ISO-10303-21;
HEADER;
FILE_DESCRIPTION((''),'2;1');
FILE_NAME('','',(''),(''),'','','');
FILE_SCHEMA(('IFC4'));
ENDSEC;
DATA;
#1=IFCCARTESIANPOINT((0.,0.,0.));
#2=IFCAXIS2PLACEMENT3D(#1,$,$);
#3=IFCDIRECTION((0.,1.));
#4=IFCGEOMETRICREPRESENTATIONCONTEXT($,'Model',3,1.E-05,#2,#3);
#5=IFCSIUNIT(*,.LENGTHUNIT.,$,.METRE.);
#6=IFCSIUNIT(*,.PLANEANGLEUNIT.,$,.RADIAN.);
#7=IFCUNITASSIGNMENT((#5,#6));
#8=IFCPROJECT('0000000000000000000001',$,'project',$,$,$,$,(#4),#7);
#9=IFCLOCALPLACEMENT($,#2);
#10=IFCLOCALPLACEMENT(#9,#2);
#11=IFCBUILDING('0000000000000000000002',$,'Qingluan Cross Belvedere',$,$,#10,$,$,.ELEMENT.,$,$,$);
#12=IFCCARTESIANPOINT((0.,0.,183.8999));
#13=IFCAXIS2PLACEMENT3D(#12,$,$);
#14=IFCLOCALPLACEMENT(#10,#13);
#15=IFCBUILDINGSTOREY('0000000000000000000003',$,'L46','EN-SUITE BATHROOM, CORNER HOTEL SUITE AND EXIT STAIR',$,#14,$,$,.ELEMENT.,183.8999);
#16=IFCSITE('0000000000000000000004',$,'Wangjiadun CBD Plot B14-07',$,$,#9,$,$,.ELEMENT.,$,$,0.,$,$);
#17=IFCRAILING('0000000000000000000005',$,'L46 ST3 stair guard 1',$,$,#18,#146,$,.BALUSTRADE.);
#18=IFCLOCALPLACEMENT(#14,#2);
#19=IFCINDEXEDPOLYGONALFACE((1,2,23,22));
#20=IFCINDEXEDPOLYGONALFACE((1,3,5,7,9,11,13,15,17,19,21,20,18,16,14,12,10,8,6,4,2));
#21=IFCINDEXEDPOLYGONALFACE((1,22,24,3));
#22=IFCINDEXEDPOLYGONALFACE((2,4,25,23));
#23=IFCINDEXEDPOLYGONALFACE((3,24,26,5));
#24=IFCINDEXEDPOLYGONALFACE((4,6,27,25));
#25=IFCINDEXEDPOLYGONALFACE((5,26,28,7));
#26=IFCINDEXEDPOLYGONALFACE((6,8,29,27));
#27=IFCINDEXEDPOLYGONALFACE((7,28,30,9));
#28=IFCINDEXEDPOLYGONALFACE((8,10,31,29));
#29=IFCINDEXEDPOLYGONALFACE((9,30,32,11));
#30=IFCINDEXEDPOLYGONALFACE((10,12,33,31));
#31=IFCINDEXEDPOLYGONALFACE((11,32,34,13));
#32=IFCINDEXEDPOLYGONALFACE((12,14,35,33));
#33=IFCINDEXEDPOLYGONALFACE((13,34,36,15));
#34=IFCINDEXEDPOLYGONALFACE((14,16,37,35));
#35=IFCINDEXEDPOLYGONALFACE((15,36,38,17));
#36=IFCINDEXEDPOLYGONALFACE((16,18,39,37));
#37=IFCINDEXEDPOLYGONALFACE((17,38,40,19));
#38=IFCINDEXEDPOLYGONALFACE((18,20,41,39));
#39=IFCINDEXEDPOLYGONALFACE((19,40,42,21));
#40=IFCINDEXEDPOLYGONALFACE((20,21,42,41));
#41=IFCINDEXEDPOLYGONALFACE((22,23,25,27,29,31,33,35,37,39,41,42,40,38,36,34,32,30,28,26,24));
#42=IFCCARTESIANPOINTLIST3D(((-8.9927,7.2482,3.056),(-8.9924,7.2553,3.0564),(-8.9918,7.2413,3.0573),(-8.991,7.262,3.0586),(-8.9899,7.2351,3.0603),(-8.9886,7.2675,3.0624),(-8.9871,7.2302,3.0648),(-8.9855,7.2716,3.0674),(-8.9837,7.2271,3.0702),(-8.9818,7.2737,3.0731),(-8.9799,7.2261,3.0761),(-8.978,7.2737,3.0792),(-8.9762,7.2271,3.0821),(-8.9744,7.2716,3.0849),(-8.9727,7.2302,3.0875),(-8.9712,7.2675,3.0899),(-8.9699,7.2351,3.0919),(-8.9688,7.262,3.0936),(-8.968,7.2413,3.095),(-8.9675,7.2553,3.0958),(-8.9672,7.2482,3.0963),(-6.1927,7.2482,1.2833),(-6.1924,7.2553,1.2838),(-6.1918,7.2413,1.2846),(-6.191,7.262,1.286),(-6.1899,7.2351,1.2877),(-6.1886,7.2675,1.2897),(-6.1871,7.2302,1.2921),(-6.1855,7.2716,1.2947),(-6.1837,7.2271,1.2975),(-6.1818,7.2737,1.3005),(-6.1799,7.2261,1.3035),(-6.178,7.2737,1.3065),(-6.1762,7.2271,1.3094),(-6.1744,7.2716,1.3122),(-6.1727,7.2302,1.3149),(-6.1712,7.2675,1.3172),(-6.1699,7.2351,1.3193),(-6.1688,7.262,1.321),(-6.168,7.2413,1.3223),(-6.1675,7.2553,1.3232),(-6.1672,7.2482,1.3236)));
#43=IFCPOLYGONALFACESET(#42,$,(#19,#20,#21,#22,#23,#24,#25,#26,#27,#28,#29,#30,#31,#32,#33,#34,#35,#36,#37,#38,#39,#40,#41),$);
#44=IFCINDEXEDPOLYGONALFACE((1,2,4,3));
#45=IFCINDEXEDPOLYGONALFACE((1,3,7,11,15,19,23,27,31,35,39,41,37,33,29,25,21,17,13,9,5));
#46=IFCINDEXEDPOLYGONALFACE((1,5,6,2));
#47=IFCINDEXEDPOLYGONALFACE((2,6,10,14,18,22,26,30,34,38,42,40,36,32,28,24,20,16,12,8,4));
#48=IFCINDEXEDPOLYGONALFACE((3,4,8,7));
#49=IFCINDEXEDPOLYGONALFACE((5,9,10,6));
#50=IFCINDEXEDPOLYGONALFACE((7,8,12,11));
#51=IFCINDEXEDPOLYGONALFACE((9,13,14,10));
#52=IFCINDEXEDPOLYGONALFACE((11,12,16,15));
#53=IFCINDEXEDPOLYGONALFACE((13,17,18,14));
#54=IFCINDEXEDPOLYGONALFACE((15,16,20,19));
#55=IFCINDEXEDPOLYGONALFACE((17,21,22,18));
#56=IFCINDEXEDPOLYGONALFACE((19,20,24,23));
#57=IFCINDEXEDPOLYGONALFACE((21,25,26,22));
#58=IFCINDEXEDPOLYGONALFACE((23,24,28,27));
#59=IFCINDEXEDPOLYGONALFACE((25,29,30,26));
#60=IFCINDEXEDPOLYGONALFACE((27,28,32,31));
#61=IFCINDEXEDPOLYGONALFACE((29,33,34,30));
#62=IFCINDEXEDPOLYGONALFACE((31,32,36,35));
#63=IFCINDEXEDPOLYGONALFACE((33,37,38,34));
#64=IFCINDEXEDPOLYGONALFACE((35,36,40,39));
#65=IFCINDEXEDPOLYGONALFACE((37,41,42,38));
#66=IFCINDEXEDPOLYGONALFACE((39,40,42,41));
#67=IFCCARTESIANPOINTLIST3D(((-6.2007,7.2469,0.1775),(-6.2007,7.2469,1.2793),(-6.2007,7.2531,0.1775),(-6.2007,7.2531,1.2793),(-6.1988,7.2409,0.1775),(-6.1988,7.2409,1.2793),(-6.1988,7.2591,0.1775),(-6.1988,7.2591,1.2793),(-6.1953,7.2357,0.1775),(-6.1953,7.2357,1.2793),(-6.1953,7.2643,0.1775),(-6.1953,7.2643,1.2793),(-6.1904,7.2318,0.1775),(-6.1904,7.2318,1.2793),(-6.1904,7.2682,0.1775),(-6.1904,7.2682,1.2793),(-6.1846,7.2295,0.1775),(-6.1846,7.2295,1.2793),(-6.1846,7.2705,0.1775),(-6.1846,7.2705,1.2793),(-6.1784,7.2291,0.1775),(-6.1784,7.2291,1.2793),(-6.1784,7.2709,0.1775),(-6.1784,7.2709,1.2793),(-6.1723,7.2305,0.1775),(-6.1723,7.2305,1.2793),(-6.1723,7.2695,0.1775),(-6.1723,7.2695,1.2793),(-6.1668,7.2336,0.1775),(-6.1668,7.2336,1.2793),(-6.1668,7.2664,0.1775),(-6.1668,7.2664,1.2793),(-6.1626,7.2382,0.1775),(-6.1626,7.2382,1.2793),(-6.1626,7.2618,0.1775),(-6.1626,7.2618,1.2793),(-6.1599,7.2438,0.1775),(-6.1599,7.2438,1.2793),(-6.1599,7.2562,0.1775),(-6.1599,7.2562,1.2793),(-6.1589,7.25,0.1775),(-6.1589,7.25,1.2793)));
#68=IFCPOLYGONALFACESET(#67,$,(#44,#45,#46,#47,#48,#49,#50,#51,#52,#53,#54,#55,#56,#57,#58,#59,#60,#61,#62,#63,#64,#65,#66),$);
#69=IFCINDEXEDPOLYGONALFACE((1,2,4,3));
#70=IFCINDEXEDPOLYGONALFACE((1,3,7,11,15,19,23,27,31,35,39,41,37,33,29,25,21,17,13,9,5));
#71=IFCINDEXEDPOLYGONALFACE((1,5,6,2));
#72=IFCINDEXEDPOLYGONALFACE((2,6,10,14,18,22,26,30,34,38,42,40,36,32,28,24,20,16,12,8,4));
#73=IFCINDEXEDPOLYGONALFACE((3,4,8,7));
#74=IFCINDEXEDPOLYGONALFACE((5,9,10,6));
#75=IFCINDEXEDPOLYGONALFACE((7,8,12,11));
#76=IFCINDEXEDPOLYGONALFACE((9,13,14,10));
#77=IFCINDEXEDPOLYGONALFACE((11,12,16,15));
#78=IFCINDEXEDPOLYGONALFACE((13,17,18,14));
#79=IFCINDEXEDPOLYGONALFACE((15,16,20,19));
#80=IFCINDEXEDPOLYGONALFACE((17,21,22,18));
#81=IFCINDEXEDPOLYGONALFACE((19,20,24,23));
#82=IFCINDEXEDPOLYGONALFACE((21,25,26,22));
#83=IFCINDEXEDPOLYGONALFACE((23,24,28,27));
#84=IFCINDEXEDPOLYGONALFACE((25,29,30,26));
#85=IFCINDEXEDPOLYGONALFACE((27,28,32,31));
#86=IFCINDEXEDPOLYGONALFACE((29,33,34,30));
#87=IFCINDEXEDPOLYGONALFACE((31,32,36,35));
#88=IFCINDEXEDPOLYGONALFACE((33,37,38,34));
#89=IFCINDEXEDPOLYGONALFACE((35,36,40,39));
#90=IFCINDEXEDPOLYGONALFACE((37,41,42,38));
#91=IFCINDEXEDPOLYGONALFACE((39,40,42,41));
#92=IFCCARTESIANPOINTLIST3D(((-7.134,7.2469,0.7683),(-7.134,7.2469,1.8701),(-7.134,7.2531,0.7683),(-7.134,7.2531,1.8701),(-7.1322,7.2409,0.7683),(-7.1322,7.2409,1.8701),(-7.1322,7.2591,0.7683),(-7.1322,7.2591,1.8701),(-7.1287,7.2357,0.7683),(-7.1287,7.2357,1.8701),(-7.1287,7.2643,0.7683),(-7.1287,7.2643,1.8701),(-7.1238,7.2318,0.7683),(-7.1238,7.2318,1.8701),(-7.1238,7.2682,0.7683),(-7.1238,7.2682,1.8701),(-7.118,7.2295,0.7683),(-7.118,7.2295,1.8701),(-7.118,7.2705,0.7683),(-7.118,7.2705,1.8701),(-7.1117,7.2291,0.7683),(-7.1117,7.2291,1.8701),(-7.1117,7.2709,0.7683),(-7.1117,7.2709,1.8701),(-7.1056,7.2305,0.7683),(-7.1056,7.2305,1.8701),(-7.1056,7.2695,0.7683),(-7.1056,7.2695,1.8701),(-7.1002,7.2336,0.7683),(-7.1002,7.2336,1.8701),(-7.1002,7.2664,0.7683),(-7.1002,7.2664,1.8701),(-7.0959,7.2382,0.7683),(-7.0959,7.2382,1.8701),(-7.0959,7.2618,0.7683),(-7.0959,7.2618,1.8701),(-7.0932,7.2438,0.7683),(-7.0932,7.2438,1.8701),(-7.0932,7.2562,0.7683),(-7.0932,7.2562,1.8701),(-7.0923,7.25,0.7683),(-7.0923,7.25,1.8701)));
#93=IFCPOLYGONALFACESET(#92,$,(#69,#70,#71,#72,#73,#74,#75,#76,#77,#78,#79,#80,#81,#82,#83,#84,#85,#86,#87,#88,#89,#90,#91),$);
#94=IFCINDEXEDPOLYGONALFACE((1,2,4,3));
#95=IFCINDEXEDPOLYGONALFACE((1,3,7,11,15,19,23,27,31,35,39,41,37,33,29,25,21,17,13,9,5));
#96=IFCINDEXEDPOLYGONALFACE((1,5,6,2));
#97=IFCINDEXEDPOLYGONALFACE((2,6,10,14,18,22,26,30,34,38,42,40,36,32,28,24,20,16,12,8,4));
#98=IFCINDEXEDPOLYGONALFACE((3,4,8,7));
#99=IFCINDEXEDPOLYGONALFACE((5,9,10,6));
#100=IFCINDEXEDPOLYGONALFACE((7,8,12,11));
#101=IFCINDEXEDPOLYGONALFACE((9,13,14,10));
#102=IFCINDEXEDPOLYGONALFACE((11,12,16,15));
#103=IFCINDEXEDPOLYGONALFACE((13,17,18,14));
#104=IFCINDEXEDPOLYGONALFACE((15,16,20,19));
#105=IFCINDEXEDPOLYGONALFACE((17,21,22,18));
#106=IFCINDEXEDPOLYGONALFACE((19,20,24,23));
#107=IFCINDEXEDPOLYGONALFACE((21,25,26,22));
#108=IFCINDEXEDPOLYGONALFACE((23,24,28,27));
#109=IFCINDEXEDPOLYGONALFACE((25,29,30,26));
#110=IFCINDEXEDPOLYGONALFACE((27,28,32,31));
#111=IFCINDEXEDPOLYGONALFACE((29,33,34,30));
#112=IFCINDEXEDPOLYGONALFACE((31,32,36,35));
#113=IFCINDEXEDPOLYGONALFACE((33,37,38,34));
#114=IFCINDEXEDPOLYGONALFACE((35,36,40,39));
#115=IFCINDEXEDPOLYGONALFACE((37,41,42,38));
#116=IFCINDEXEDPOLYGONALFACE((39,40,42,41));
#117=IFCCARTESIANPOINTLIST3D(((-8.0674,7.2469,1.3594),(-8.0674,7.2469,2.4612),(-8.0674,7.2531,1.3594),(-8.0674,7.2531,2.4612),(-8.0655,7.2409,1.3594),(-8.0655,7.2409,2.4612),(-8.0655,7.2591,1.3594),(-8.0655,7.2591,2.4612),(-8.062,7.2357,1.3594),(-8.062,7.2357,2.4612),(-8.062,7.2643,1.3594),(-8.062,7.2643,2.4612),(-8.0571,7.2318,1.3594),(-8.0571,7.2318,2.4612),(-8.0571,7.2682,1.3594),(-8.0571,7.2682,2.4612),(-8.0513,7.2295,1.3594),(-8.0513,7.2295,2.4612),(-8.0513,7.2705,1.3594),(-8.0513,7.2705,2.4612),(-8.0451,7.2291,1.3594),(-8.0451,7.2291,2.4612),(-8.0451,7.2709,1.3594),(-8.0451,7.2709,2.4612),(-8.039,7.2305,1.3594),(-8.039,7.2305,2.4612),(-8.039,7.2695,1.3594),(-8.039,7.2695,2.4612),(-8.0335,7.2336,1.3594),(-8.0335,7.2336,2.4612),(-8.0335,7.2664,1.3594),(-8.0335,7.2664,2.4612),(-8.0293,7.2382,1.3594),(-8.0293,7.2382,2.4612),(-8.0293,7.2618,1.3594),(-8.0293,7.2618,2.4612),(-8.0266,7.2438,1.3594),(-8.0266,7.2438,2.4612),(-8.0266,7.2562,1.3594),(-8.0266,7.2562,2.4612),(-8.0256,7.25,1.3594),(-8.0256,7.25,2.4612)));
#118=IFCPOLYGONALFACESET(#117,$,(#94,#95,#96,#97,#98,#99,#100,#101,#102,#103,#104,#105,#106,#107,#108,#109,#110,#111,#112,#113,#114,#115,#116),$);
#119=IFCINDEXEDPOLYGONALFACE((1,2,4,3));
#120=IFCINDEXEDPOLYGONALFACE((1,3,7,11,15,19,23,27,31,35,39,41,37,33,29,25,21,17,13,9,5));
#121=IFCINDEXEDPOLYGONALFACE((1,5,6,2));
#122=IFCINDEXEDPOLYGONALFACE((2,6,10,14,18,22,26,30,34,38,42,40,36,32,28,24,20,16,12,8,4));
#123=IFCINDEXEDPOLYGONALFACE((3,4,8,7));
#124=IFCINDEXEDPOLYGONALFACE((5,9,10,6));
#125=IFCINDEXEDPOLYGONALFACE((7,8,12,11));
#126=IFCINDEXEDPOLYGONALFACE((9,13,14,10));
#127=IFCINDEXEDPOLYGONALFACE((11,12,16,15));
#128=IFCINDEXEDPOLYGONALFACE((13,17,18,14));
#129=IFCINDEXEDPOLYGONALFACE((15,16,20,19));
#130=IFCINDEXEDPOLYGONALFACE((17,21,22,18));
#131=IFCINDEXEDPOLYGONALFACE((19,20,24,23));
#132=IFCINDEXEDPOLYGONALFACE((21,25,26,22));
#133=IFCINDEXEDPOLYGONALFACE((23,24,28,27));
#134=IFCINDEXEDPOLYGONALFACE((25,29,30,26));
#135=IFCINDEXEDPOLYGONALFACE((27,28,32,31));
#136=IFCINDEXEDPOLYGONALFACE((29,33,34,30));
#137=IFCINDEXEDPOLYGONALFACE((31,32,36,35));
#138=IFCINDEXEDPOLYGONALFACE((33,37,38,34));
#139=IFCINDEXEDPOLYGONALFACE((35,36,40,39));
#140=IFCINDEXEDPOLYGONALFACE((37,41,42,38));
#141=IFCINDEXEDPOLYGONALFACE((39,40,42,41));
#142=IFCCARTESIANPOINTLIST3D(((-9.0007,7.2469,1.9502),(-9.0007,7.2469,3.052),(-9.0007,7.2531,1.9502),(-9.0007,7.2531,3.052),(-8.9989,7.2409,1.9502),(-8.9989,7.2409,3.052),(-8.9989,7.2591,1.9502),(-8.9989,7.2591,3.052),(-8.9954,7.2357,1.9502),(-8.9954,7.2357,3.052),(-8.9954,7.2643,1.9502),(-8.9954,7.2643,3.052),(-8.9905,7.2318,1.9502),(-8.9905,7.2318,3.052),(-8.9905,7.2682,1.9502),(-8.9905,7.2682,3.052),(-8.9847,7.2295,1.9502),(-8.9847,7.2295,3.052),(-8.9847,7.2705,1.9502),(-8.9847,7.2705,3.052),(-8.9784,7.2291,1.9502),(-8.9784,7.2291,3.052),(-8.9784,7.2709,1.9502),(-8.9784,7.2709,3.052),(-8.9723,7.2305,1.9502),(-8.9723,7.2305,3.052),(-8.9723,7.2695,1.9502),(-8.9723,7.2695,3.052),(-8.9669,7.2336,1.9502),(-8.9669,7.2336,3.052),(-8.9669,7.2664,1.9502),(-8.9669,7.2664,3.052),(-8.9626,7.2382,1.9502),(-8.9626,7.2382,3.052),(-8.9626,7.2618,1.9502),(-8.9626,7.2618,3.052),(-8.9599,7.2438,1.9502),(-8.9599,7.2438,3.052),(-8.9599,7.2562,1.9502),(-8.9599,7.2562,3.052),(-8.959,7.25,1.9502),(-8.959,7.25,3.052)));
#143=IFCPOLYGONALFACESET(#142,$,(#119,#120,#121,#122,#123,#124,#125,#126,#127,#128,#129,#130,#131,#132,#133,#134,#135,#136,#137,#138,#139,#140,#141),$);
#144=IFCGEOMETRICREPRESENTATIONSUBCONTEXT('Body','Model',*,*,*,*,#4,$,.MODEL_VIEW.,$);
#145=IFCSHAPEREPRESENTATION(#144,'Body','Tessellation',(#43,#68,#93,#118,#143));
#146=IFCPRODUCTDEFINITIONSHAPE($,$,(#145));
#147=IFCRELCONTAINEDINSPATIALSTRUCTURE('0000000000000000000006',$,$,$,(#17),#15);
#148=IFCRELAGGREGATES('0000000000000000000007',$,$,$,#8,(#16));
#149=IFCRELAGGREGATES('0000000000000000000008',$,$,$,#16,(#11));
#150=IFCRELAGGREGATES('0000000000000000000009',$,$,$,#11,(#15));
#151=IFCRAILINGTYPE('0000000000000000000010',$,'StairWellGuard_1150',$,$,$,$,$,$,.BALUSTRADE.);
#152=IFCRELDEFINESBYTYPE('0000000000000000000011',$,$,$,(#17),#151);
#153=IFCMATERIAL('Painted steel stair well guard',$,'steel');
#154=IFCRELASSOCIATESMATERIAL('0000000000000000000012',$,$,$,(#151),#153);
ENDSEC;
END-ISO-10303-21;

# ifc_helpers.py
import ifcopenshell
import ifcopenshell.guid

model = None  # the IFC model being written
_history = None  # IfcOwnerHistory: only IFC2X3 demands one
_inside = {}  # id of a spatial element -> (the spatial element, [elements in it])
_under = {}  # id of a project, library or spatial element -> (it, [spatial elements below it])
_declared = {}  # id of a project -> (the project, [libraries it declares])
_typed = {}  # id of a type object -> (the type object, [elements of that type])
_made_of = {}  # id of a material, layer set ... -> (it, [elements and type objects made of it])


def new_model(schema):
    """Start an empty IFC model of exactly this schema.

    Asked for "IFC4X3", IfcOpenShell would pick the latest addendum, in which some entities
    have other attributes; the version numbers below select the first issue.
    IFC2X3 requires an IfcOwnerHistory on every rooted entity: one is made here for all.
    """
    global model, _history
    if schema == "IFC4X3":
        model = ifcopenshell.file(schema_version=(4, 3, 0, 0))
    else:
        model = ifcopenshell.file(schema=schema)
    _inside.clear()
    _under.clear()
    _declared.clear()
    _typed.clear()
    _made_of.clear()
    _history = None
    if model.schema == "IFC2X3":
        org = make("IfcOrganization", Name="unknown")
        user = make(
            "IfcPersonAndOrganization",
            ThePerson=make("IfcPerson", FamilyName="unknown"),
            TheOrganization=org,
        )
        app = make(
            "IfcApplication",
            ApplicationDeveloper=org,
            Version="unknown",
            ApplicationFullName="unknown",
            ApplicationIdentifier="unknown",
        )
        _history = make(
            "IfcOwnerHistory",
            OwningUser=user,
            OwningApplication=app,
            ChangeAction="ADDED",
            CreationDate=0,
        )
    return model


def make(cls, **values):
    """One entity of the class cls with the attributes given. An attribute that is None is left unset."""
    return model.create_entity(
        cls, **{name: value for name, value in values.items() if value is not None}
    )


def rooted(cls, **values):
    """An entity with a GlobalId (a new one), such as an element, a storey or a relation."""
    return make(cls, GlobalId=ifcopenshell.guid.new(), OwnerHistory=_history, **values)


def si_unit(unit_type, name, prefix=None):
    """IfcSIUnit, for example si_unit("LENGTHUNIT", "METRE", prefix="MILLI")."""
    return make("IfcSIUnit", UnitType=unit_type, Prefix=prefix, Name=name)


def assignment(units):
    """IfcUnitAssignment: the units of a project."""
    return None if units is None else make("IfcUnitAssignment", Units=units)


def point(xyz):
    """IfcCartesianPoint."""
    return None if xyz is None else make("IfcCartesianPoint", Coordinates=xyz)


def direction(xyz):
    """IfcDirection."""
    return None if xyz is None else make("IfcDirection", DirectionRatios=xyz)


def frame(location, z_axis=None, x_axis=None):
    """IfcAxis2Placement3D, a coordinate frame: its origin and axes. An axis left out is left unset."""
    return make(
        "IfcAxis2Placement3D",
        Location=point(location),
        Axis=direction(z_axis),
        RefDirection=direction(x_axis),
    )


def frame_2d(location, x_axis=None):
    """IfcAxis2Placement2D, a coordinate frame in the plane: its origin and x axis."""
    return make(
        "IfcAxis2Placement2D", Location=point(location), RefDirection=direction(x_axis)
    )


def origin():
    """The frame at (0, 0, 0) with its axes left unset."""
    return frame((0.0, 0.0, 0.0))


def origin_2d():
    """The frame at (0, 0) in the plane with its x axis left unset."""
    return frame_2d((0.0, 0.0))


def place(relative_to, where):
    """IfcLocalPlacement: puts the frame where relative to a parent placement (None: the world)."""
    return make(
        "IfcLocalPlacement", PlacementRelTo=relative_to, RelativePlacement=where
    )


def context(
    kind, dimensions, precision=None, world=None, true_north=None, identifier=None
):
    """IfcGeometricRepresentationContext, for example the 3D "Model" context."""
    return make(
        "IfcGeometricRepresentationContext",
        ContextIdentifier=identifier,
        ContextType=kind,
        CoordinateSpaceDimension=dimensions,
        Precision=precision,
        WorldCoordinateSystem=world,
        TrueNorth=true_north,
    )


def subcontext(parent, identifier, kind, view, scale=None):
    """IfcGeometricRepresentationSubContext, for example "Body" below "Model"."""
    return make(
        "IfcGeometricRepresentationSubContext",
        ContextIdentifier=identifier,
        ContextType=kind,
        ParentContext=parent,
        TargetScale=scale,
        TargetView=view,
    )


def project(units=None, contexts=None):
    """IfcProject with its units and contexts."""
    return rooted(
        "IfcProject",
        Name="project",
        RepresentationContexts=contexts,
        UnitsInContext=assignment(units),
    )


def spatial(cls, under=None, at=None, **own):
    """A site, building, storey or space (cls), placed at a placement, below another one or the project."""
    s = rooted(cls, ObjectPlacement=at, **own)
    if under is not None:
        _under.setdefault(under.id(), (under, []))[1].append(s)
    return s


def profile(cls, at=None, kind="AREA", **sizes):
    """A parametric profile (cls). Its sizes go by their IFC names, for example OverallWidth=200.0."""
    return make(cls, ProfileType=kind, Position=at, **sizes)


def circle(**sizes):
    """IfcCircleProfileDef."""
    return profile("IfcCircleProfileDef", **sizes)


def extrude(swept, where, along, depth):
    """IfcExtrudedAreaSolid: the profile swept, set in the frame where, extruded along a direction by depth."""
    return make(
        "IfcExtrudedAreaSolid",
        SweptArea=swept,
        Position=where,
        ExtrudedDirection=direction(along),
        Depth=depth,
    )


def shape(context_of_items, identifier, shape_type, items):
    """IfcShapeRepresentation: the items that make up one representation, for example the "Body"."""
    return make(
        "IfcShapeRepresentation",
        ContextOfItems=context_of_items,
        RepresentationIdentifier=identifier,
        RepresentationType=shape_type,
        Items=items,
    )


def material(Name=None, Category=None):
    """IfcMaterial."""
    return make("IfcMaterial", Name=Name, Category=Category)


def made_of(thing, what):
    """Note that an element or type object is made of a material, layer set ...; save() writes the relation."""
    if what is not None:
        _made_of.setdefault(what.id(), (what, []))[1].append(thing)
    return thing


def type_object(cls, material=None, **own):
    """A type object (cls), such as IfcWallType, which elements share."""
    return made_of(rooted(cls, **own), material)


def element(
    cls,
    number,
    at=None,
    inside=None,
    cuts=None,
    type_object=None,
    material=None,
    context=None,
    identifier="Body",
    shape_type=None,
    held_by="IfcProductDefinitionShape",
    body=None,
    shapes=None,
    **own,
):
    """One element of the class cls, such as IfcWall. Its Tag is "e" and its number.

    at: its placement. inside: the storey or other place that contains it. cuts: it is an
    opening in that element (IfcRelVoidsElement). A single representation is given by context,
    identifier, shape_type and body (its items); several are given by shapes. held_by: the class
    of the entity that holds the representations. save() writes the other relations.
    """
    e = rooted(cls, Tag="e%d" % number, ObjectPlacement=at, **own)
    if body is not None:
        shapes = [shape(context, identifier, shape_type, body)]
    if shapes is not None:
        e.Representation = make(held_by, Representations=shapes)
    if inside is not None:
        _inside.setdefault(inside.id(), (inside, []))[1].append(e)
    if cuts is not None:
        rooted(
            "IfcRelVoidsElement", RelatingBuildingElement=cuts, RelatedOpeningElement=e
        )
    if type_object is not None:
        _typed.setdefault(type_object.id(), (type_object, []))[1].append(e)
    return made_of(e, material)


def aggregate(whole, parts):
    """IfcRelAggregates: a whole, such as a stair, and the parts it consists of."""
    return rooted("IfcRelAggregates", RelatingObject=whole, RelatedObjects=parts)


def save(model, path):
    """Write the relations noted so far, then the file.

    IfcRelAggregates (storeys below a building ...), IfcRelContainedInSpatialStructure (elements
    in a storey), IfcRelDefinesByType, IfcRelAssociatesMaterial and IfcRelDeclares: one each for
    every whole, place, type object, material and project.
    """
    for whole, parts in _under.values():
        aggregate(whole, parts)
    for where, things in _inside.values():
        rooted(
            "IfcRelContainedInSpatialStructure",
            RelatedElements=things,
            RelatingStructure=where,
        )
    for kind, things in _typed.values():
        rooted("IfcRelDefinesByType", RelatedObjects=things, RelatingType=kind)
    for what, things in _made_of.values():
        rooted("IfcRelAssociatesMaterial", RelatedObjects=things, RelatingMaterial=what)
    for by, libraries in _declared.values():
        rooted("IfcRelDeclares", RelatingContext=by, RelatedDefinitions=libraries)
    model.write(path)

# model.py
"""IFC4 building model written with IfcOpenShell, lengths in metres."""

from ifc_helpers import new_model, si_unit, direction, frame, origin, origin_2d, place, context, subcontext, project, spatial, circle, extrude, material, type_object, element, save


model = new_model("IFC4")

# Units and contexts
model_context = context("Model", 3, precision=1e-05, world=origin(), true_north=direction((0.0, 1.0)))
body_context = subcontext(model_context, "Body", "Model", "MODEL_VIEW")
ifc_project = project(units=[si_unit("LENGTHUNIT", "METRE"), si_unit("PLANEANGLEUNIT", "RADIAN")], contexts=[model_context])

# Site, building, storey
site_placement = place(None, origin())
site = spatial("IfcSite", under=ifc_project, at=site_placement, Name="Wangjiadun CBD Plot B14-07", CompositionType="ELEMENT", RefElevation=0.0)
building_placement = place(site_placement, origin())
building = spatial("IfcBuilding", under=site, at=building_placement, Name="Qingluan Cross Belvedere", CompositionType="ELEMENT")
storey_placement = place(building_placement, frame((0.0, 0.0, 183.8999)))
storey = spatial("IfcBuildingStorey", under=building, at=storey_placement, Name="L46", Description="EN-SUITE BATHROOM, CORNER HOTEL SUITE AND EXIT STAIR", CompositionType="ELEMENT", Elevation=183.8999)

# Railing
ifc_material_1 = material(Name="Painted steel stair well guard", Category="steel")
railing_type_1 = type_object("IfcRailingType", Name="StairWellGuard_1150", PredefinedType="BALUSTRADE", material=ifc_material_1)
railing_1_placement = place(storey_placement, frame((-6.1799, 7.25, 0.1775)))
element("IfcRailing", 1, at=railing_1_placement, inside=storey, type_object=railing_type_1, Name="L46 ST3 stair guard 1", PredefinedType="BALUSTRADE", context=body_context, shape_type="SweptSolid", body=[
    extrude(circle(Radius=0.0239, at=origin_2d()), frame((0.0, 0.0, 1.126), z_axis=(-0.844909, 0.0, 0.53491), x_axis=(0.0, -1.0, 0.0)), (0.0, 0.0, 1.0), 3.314),
    extrude(circle(Radius=0.021, at=origin_2d()), origin(), (0.0, 0.0, 1.0), 1.1018),
    extrude(circle(Radius=0.021, at=origin_2d()), frame((-0.9333, 0.0, 0.5908)), (0.0, 0.0, 1.0), 1.1018),
    extrude(circle(Radius=0.021, at=origin_2d()), frame((-1.8667, 0.0, 1.1819)), (0.0, 0.0, 1.0), 1.1018),
    extrude(circle(Radius=0.021, at=origin_2d()), frame((-2.8, 0.0, 1.7727)), (0.0, 0.0, 1.0), 1.1018),
])

save(model, "model.ifc")
